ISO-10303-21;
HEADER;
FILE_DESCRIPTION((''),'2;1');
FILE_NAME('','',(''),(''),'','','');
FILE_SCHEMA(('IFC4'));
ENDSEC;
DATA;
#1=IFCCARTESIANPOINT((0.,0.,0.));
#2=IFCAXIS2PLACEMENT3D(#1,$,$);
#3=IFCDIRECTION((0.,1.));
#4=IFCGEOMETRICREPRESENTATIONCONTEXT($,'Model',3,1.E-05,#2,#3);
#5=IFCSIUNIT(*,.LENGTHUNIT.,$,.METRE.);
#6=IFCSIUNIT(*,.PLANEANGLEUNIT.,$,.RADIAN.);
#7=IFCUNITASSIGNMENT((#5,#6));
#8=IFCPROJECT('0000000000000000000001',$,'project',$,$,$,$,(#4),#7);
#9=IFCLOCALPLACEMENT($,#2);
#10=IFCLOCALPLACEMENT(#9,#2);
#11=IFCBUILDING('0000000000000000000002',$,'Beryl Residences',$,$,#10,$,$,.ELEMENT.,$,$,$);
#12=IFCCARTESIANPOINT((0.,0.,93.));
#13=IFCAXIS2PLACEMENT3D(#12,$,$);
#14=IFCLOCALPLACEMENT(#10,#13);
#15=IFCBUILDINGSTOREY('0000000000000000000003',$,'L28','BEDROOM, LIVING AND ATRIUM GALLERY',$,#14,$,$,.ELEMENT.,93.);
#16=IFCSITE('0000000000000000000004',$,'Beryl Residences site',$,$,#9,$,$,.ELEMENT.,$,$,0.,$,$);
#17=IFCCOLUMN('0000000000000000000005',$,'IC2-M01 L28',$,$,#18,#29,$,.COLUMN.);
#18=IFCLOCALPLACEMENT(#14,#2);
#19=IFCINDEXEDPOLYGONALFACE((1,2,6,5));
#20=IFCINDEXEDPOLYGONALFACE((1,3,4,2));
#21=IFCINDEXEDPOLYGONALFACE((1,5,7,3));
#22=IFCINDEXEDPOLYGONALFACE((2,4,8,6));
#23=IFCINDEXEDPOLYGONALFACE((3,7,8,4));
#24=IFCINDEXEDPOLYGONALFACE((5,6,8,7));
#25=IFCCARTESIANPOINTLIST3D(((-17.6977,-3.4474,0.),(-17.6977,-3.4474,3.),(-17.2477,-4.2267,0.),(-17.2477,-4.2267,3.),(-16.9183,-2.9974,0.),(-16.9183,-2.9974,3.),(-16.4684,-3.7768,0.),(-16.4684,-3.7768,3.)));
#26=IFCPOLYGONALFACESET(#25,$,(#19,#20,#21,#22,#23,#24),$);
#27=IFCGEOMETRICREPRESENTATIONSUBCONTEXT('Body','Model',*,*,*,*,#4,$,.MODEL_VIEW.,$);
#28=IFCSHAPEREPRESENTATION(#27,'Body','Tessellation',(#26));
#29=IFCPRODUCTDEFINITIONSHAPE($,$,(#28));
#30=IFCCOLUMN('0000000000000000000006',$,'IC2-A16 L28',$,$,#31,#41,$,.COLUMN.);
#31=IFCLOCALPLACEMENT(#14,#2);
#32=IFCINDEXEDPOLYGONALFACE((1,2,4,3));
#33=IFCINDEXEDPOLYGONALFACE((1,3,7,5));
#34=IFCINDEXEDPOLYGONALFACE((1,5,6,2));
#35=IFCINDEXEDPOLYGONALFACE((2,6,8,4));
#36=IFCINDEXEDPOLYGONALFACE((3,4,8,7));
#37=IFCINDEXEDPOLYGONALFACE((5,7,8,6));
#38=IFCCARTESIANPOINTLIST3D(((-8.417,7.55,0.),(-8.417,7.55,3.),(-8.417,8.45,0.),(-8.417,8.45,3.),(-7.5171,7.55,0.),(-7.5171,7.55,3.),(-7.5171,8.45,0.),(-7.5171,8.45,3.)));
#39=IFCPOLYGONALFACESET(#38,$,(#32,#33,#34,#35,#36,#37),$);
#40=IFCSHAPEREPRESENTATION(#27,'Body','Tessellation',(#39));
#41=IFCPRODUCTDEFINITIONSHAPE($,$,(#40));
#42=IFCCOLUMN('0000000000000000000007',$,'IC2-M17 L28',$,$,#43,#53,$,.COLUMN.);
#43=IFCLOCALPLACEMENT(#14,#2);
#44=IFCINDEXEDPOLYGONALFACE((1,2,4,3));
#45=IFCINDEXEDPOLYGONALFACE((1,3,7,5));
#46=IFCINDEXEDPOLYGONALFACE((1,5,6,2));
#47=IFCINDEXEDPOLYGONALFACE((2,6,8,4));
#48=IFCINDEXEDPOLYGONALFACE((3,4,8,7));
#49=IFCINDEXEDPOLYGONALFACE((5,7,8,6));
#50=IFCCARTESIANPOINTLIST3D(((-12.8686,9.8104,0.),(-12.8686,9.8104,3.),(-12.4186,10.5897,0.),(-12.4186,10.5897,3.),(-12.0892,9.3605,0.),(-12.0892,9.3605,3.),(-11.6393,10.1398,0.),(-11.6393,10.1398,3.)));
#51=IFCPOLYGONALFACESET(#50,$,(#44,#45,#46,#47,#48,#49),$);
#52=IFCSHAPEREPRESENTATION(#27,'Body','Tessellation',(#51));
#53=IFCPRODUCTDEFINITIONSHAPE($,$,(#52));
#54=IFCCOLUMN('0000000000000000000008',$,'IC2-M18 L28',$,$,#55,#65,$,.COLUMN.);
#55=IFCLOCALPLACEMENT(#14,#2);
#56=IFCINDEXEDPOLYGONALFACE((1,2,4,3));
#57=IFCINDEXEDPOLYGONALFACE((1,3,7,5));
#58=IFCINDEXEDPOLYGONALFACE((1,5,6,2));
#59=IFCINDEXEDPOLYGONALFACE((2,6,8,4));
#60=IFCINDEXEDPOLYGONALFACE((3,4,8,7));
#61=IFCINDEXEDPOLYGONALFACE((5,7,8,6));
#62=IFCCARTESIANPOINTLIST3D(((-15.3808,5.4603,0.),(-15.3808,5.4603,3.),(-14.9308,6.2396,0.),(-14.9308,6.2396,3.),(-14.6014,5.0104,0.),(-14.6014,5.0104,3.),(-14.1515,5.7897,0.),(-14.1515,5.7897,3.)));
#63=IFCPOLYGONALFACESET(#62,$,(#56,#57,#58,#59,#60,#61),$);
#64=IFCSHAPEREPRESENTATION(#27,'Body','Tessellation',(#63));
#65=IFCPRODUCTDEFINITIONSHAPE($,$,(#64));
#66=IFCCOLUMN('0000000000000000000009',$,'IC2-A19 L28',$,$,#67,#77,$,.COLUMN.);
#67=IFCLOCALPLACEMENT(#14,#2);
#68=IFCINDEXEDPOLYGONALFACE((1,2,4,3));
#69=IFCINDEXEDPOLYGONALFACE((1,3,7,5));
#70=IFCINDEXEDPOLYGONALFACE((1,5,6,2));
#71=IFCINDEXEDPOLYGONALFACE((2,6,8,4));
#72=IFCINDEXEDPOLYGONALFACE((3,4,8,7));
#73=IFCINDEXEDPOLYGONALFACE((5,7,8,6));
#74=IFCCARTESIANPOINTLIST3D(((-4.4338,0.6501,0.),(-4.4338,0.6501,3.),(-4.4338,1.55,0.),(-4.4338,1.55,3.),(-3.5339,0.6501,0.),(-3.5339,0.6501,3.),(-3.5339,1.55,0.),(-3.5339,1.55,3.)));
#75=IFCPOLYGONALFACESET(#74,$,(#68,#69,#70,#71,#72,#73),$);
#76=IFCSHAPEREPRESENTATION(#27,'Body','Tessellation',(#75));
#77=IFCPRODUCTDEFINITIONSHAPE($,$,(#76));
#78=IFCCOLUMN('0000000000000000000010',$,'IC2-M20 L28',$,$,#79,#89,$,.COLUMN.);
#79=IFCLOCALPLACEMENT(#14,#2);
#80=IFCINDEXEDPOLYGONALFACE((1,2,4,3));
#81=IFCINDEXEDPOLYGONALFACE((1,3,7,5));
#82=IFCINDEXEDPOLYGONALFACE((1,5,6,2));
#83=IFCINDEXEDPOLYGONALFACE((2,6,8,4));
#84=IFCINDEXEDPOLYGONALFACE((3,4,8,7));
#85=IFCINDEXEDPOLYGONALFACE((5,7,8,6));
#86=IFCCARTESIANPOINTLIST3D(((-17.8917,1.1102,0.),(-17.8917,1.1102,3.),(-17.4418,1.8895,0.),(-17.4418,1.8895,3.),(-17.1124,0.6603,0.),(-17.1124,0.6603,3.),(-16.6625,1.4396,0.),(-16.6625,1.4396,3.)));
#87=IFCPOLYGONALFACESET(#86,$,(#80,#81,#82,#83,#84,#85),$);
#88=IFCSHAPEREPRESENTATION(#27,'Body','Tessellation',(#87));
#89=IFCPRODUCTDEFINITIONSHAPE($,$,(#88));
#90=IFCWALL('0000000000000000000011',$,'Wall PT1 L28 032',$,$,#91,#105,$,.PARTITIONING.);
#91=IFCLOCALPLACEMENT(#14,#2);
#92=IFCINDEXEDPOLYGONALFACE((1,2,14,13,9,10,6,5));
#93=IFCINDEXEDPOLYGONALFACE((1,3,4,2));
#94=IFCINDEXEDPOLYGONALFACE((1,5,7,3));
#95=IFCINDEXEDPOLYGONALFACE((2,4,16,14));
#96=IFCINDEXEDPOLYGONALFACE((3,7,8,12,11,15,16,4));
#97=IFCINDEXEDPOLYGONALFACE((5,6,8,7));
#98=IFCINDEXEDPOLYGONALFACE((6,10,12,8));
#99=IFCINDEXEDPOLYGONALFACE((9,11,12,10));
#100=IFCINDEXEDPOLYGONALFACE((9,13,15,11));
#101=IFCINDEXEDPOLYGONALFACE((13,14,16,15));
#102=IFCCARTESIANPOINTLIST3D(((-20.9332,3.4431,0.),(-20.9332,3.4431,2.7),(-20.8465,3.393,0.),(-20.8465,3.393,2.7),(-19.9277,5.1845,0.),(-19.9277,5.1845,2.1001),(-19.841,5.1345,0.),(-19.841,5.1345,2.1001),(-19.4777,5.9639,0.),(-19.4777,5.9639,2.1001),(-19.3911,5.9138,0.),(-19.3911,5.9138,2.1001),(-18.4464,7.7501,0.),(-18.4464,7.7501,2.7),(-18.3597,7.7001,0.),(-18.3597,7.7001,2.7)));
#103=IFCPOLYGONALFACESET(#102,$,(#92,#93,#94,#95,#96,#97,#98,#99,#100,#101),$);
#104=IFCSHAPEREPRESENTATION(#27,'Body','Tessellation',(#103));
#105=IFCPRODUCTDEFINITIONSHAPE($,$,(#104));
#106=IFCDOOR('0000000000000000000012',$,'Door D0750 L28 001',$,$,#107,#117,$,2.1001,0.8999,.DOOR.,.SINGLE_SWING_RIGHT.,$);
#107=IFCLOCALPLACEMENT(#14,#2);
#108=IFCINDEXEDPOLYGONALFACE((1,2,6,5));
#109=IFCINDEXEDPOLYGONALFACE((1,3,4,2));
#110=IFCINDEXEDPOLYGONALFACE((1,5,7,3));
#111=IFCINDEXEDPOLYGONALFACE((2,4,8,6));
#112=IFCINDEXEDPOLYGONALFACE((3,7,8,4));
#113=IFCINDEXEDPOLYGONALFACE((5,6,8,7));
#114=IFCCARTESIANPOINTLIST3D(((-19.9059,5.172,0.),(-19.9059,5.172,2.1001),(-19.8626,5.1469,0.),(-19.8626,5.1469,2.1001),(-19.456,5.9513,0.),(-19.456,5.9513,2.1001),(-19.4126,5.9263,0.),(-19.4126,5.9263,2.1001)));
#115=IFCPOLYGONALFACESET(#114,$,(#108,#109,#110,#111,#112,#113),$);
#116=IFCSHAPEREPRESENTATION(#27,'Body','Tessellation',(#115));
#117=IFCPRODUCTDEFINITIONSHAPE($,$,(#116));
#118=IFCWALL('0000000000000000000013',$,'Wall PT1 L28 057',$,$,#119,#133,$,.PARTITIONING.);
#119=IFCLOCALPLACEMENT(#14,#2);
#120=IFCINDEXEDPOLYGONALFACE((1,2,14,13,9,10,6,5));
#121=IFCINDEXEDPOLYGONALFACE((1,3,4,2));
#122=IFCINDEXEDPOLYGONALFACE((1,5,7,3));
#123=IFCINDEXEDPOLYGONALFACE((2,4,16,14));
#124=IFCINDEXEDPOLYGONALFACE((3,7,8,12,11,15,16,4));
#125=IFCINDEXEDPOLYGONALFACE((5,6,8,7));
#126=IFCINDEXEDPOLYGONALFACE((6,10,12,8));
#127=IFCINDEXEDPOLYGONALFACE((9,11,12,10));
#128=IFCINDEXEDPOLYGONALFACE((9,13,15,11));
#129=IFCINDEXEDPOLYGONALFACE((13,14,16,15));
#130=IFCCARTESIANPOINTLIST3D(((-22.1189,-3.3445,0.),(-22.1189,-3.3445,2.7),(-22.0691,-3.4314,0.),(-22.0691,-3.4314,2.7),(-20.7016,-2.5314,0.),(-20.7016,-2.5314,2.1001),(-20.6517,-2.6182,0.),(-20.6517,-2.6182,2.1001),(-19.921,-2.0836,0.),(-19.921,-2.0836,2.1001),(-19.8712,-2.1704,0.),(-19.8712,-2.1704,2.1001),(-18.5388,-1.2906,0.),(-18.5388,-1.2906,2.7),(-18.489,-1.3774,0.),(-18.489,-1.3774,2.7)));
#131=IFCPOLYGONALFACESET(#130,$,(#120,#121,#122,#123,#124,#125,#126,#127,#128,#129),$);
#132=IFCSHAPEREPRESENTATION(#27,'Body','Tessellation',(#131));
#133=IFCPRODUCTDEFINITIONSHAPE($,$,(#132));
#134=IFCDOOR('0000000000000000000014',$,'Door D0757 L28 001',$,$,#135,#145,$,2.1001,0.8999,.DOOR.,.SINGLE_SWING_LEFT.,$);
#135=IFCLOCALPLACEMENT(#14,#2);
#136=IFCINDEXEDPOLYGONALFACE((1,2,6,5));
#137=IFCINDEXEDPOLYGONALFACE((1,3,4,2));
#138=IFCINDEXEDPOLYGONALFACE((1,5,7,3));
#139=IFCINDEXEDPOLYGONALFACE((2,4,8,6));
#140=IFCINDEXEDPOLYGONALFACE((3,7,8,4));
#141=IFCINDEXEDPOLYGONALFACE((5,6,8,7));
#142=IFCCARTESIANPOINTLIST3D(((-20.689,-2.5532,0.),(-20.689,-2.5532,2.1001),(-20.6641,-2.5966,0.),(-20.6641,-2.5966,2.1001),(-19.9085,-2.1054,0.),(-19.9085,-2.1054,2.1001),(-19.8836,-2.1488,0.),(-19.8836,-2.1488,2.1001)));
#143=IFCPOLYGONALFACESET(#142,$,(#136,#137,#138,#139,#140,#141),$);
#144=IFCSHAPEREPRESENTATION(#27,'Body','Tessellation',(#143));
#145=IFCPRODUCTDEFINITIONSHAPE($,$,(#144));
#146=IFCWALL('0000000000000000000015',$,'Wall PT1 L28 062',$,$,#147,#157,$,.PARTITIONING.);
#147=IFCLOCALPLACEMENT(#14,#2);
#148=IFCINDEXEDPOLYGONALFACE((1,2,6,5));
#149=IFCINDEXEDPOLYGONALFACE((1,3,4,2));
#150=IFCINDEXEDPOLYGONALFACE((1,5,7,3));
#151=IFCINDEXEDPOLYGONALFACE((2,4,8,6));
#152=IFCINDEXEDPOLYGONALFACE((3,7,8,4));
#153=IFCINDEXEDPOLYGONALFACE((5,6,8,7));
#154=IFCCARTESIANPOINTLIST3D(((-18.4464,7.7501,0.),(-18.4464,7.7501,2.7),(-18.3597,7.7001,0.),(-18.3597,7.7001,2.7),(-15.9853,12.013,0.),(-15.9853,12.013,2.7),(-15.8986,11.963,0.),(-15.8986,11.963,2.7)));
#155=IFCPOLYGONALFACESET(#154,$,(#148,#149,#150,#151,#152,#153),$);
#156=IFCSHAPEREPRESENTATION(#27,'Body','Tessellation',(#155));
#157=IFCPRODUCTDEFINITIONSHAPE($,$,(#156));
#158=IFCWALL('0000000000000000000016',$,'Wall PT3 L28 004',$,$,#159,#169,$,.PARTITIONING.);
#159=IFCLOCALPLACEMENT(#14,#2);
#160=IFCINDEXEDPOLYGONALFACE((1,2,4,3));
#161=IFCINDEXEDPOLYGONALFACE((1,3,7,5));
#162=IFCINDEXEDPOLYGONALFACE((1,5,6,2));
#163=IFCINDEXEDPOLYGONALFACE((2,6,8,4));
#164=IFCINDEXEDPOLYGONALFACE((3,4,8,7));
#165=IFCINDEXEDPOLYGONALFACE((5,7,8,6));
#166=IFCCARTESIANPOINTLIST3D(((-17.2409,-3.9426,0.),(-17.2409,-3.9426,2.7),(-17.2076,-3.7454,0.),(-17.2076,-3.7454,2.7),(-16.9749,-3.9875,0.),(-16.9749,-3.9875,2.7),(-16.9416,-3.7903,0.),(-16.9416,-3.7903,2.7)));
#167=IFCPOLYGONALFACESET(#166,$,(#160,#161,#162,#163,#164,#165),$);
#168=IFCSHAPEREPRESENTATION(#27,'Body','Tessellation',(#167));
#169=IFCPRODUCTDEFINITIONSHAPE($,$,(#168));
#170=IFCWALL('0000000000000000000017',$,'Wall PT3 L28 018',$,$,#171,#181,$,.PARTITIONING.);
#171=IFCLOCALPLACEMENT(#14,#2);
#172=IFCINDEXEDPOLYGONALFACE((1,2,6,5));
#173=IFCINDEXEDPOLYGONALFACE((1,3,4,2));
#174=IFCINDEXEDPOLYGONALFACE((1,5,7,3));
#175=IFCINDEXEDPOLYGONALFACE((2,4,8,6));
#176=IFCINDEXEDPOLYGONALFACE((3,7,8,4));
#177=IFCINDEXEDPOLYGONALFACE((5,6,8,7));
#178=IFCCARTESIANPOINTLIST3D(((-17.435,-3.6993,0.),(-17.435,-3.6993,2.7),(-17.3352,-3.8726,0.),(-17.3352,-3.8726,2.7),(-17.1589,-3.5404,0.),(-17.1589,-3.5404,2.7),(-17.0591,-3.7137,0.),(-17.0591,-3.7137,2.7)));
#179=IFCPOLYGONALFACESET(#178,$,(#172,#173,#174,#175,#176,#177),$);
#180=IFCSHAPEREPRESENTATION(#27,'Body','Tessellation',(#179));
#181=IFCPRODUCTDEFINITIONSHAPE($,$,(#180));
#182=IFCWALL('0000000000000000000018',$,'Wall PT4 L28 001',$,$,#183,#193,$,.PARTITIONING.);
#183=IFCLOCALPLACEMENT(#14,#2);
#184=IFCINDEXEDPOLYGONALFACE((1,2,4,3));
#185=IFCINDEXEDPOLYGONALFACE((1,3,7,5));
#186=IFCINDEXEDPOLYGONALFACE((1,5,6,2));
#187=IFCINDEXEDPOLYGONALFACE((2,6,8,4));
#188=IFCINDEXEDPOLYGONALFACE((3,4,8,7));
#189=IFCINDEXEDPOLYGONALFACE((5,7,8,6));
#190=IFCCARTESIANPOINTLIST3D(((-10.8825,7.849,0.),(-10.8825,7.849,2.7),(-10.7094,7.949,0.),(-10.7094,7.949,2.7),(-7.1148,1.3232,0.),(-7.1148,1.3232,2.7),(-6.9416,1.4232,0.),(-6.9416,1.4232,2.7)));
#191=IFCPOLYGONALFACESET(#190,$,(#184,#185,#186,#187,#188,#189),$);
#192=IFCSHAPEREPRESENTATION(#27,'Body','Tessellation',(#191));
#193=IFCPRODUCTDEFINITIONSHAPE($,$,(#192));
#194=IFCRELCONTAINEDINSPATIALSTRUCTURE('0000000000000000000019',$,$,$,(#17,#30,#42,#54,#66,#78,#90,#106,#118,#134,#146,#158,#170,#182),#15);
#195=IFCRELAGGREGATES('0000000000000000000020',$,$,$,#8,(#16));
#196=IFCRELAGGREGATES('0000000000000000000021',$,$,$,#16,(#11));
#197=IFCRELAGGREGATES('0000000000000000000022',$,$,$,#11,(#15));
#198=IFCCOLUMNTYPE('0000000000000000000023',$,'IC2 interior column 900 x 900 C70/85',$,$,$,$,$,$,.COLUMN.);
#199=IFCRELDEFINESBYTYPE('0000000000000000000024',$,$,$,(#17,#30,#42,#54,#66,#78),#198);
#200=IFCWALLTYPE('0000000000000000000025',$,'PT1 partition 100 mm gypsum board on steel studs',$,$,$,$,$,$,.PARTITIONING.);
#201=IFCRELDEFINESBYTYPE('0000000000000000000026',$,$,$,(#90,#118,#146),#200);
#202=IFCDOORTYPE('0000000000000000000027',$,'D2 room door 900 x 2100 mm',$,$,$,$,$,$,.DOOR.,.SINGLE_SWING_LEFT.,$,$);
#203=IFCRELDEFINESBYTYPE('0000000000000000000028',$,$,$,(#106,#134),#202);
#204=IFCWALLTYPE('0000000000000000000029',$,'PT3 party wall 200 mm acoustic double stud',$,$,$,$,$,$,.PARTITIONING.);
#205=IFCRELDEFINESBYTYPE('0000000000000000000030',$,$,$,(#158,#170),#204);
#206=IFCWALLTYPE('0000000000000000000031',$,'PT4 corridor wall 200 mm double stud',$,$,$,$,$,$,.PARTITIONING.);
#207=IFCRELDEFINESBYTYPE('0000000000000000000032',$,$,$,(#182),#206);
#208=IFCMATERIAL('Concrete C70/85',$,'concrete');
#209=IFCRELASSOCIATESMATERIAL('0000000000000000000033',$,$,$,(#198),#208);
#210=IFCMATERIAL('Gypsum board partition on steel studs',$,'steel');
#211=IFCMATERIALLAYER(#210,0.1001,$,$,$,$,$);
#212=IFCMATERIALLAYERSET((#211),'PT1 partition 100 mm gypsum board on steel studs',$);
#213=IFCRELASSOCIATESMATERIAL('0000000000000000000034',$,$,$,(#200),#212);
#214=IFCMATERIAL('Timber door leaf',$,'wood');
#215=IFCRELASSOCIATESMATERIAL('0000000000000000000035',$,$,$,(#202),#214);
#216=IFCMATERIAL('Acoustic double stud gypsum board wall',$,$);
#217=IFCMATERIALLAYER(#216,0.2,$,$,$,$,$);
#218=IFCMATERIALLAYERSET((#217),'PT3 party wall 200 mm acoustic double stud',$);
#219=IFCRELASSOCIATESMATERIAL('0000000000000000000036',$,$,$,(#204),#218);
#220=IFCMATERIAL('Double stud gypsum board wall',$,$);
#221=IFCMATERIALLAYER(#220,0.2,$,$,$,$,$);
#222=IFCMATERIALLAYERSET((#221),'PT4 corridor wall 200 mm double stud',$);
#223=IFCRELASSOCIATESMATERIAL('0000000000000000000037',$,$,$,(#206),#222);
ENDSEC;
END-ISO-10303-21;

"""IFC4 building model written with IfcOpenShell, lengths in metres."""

from ifc_helpers import new_model, si_unit, direction, frame, frame_2d, origin, origin_2d, place, context, subcontext, project, spatial, rectangle, extrude, material, layer, layer_set, material_profile, profile_set, type_object, element, fill, save


model = new_model("IFC4")

# Units and contexts
model_context = context("Model", 3, precision=1e-05, world=origin(), true_north=direction((0.0, 1.0)))
body_context = subcontext(model_context, "Body", "Model", "MODEL_VIEW")
ifc_project = project(units=[si_unit("LENGTHUNIT", "METRE"), si_unit("PLANEANGLEUNIT", "RADIAN")], contexts=[model_context])

# Site, building, storey
site_placement = place(None, origin())
site = spatial("IfcSite", under=ifc_project, at=site_placement, Name="Beryl Residences site", CompositionType="ELEMENT", RefElevation=0.0)
building_placement = place(site_placement, origin())
building = spatial("IfcBuilding", under=site, at=building_placement, Name="Beryl Residences", CompositionType="ELEMENT")
storey_placement = place(building_placement, frame((0.0, 0.0, 93.0)))
storey = spatial("IfcBuildingStorey", under=building, at=storey_placement, Name="L28", Description="BEDROOM, LIVING AND ATRIUM GALLERY", CompositionType="ELEMENT", Elevation=93.0)

# Columns
ifc_material_1 = material(Name="Concrete C70/85", Category="concrete")
ifc_material_profile = material_profile(ifc_material_1, rectangle(XDim=0.8999, YDim=0.8999, at=origin_2d()))
ifc_profile_set = profile_set([ifc_material_profile], Name="Concrete C70/85")
column_type = type_object("IfcColumnType", Name="IC2 interior column 900 x 900 C70/85", PredefinedType="COLUMN", material=ifc_profile_set)
for number, where, z_axis, x_axis, name in (
    (1, (-17.083, -3.6121, 0.0), (0.0, 0.0, 1.0), (0.5, -0.866025, 0.0), "IC2-M01 L28"),
    (2, (-7.967, 8.0, 0.0), (0.0, 0.0, 1.0), (1.0, 0.0, 0.0), "IC2-A16 L28"),
    (3, (-12.2539, 9.9751, 0.0), (0.0, 0.0, 1.0), (-0.5, -0.866025, 0.0), "IC2-M17 L28"),
    (4, (-14.7661, 5.625, 0.0), (0.0, 0.0, 1.0), (-0.5, -0.866025, 0.0), "IC2-M18 L28"),
    (5, (-3.9839, 1.1001, 0.0), (0.0, 0.0, 1.0), (1.0, 0.0, 0.0), "IC2-A19 L28"),
    (6, (-17.2771, 1.2749, 0.0), (0.0, 0.0, 1.0), (-0.5, -0.866025, 0.0), "IC2-M20 L28"),
):
    element("IfcColumn", number, at=place(storey_placement, frame(where, z_axis=z_axis, x_axis=x_axis)), inside=storey, type_object=column_type, Name=name, PredefinedType="COLUMN", context=body_context, shape_type="SweptSolid", body=[
        extrude(rectangle(XDim=0.8999, YDim=0.8999, at=origin_2d()), origin(), (0.0, 0.0, 1.0), 3.0),
    ])

# Walls, openings, doors
ifc_material_2 = material(Name="Gypsum board partition on steel studs", Category="steel")
ifc_layer_1 = layer(ifc_material_2, 0.1001)
ifc_layer_set_1 = layer_set([ifc_layer_1], Name="PT1 partition 100 mm gypsum board on steel studs")
wall_type_1 = type_object("IfcWallType", Name="PT1 partition 100 mm gypsum board on steel studs", PredefinedType="PARTITIONING", material=ifc_layer_set_1)
wall_1_placement = place(storey_placement, frame((-20.8899, 3.418, 0.0), z_axis=(0.0, 0.0, 1.0), x_axis=(0.500014, 0.866017, 0.0)))
wall_1 = element("IfcWall", 7, at=wall_1_placement, inside=storey, type_object=wall_type_1, Name="Wall PT1 L28 032", PredefinedType="PARTITIONING", context=body_context, shape_type="SweptSolid", body=[
    extrude(rectangle(XDim=4.9734, YDim=0.1001, at=frame_2d((2.4868, 0.0))), origin(), (0.0, 0.0, 1.0), 2.7),
])
opening_1_placement = place(wall_1_placement, frame((2.011, 0.0, 0.0)))
opening_1 = element("IfcOpeningElement", 8, at=opening_1_placement, cuts=wall_1, PredefinedType="OPENING", context=body_context, shape_type="SweptSolid", body=[
    extrude(rectangle(XDim=0.8999, YDim=2.1001, at=frame_2d((0.45, 1.05))), frame((0.0, 0.0601, 0.0), z_axis=(0.0, -1.0, 0.0), x_axis=(1.0, 0.0, 0.0)), (0.0, 0.0, 1.0), 0.1201),
])
ifc_material_3 = material(Name="Timber door leaf", Category="wood")
door_type_1 = type_object("IfcDoorType", Name="D2 room door 900 x 2100 mm", OperationType="SINGLE_SWING_LEFT", PredefinedType="DOOR", material=ifc_material_3)
door_1_placement = place(opening_1_placement, origin())
door_1 = element("IfcDoor", 9, at=door_1_placement, inside=storey, type_object=door_type_1, Name="Door D0750 L28 001", OperationType="SINGLE_SWING_RIGHT", OverallHeight=2.1001, OverallWidth=0.8999, PredefinedType="DOOR", context=body_context, shape_type="SweptSolid", body=[
    extrude(rectangle(XDim=0.8999, YDim=2.1001, at=frame_2d((0.45, 1.05))), frame((0.0, 0.0249, 0.0), z_axis=(0.0, -1.0, 0.0), x_axis=(1.0, 0.0, 0.0)), (0.0, 0.0, 1.0), 0.05),
])
fill(opening_1, door_1)
wall_2_placement = place(storey_placement, frame((-22.094, -3.3879, 0.0), z_axis=(0.0, 0.0, 1.0), x_axis=(0.867386, 0.497635, 0.0)))
wall_2 = element("IfcWall", 10, at=wall_2_placement, inside=storey, type_object=wall_type_1, Name="Wall PT1 L28 057", PredefinedType="PARTITIONING", context=body_context, shape_type="SweptSolid", body=[
    extrude(rectangle(XDim=4.1274, YDim=0.1001, at=frame_2d((2.0637, 0.0))), origin(), (0.0, 0.0, 1.0), 2.7),
])
opening_2_placement = place(wall_2_placement, frame((1.634, 0.0, 0.0)))
opening_2 = element("IfcOpeningElement", 11, at=opening_2_placement, cuts=wall_2, PredefinedType="OPENING", context=body_context, shape_type="SweptSolid", body=[
    extrude(rectangle(XDim=0.8999, YDim=2.1001, at=frame_2d((0.45, 1.05))), frame((0.0, 0.0601, 0.0), z_axis=(0.0, -1.0, 0.0), x_axis=(1.0, 0.0, 0.0)), (0.0, 0.0, 1.0), 0.1201),
])
door_2_placement = place(opening_2_placement, origin())
door_2 = element("IfcDoor", 12, at=door_2_placement, inside=storey, type_object=door_type_1, Name="Door D0757 L28 001", OperationType="SINGLE_SWING_LEFT", OverallHeight=2.1001, OverallWidth=0.8999, PredefinedType="DOOR", context=body_context, shape_type="SweptSolid", body=[
    extrude(rectangle(XDim=0.8999, YDim=2.1001, at=frame_2d((0.45, 1.05))), frame((0.0, 0.0249, 0.0), z_axis=(0.0, -1.0, 0.0), x_axis=(1.0, 0.0, 0.0)), (0.0, 0.0, 1.0), 0.05),
])
fill(opening_2, door_2)

# Walls
wall_3_placement = place(storey_placement, frame((-18.4031, 7.7251, 0.0), z_axis=(0.0, 0.0, 1.0), x_axis=(0.499996, 0.866028, 0.0)))
element("IfcWall", 13, at=wall_3_placement, inside=storey, type_object=wall_type_1, Name="Wall PT1 L28 062", PredefinedType="PARTITIONING", context=body_context, shape_type="SweptSolid", body=[
    extrude(rectangle(XDim=4.9224, YDim=0.1001, at=frame_2d((2.4612, 0.0))), origin(), (0.0, 0.0, 1.0), 2.7),
])
ifc_material_4 = material(Name="Acoustic double stud gypsum board wall")
ifc_layer_2 = layer(ifc_material_4, 0.2)
ifc_layer_set_2 = layer_set([ifc_layer_2], Name="PT3 party wall 200 mm acoustic double stud")
wall_type_2 = type_object("IfcWallType", Name="PT3 party wall 200 mm acoustic double stud", PredefinedType="PARTITIONING", material=ifc_layer_set_2)
wall_4_placement = place(storey_placement, frame((-17.2241, -3.844, 0.0), z_axis=(0.0, 0.0, 1.0), x_axis=(0.986049, -0.166452, 0.0)))
element("IfcWall", 14, at=wall_4_placement, inside=storey, type_object=wall_type_2, Name="Wall PT3 L28 004", PredefinedType="PARTITIONING", context=body_context, shape_type="SweptSolid", body=[
    extrude(rectangle(XDim=0.2698, YDim=0.2, at=frame_2d((0.1348, 0.0))), origin(), (0.0, 0.0, 1.0), 2.7),
])
wall_5_placement = place(storey_placement, frame((-17.385, -3.7859, 0.0), z_axis=(0.0, 0.0, 1.0), x_axis=(0.866683, 0.49886, 0.0)))
element("IfcWall", 15, at=wall_5_placement, inside=storey, type_object=wall_type_2, Name="Wall PT3 L28 018", PredefinedType="PARTITIONING", context=body_context, shape_type="SweptSolid", body=[
    extrude(rectangle(XDim=0.3186, YDim=0.2, at=frame_2d((0.1592, 0.0))), origin(), (0.0, 0.0, 1.0), 2.7),
])
ifc_material_5 = material(Name="Double stud gypsum board wall")
ifc_layer_3 = layer(ifc_material_5, 0.2)
ifc_layer_set_3 = layer_set([ifc_layer_3], Name="PT4 corridor wall 200 mm double stud")
wall_type_3 = type_object("IfcWallType", Name="PT4 corridor wall 200 mm double stud", PredefinedType="PARTITIONING", material=ifc_layer_set_3)
wall_6_placement = place(storey_placement, frame((-10.7959, 7.8989, 0.0), z_axis=(0.0, 0.0, 1.0), x_axis=(0.50001, -0.866019, 0.0)))
element("IfcWall", 16, at=wall_6_placement, inside=storey, type_object=wall_type_3, Name="Wall PT4 L28 001", PredefinedType="PARTITIONING", context=body_context, shape_type="SweptSolid", body=[
    extrude(rectangle(XDim=7.5354, YDim=0.2, at=frame_2d((3.7676, 0.0))), origin(), (0.0, 0.0, 1.0), 2.7),
])

save(model, "model.ifc")
